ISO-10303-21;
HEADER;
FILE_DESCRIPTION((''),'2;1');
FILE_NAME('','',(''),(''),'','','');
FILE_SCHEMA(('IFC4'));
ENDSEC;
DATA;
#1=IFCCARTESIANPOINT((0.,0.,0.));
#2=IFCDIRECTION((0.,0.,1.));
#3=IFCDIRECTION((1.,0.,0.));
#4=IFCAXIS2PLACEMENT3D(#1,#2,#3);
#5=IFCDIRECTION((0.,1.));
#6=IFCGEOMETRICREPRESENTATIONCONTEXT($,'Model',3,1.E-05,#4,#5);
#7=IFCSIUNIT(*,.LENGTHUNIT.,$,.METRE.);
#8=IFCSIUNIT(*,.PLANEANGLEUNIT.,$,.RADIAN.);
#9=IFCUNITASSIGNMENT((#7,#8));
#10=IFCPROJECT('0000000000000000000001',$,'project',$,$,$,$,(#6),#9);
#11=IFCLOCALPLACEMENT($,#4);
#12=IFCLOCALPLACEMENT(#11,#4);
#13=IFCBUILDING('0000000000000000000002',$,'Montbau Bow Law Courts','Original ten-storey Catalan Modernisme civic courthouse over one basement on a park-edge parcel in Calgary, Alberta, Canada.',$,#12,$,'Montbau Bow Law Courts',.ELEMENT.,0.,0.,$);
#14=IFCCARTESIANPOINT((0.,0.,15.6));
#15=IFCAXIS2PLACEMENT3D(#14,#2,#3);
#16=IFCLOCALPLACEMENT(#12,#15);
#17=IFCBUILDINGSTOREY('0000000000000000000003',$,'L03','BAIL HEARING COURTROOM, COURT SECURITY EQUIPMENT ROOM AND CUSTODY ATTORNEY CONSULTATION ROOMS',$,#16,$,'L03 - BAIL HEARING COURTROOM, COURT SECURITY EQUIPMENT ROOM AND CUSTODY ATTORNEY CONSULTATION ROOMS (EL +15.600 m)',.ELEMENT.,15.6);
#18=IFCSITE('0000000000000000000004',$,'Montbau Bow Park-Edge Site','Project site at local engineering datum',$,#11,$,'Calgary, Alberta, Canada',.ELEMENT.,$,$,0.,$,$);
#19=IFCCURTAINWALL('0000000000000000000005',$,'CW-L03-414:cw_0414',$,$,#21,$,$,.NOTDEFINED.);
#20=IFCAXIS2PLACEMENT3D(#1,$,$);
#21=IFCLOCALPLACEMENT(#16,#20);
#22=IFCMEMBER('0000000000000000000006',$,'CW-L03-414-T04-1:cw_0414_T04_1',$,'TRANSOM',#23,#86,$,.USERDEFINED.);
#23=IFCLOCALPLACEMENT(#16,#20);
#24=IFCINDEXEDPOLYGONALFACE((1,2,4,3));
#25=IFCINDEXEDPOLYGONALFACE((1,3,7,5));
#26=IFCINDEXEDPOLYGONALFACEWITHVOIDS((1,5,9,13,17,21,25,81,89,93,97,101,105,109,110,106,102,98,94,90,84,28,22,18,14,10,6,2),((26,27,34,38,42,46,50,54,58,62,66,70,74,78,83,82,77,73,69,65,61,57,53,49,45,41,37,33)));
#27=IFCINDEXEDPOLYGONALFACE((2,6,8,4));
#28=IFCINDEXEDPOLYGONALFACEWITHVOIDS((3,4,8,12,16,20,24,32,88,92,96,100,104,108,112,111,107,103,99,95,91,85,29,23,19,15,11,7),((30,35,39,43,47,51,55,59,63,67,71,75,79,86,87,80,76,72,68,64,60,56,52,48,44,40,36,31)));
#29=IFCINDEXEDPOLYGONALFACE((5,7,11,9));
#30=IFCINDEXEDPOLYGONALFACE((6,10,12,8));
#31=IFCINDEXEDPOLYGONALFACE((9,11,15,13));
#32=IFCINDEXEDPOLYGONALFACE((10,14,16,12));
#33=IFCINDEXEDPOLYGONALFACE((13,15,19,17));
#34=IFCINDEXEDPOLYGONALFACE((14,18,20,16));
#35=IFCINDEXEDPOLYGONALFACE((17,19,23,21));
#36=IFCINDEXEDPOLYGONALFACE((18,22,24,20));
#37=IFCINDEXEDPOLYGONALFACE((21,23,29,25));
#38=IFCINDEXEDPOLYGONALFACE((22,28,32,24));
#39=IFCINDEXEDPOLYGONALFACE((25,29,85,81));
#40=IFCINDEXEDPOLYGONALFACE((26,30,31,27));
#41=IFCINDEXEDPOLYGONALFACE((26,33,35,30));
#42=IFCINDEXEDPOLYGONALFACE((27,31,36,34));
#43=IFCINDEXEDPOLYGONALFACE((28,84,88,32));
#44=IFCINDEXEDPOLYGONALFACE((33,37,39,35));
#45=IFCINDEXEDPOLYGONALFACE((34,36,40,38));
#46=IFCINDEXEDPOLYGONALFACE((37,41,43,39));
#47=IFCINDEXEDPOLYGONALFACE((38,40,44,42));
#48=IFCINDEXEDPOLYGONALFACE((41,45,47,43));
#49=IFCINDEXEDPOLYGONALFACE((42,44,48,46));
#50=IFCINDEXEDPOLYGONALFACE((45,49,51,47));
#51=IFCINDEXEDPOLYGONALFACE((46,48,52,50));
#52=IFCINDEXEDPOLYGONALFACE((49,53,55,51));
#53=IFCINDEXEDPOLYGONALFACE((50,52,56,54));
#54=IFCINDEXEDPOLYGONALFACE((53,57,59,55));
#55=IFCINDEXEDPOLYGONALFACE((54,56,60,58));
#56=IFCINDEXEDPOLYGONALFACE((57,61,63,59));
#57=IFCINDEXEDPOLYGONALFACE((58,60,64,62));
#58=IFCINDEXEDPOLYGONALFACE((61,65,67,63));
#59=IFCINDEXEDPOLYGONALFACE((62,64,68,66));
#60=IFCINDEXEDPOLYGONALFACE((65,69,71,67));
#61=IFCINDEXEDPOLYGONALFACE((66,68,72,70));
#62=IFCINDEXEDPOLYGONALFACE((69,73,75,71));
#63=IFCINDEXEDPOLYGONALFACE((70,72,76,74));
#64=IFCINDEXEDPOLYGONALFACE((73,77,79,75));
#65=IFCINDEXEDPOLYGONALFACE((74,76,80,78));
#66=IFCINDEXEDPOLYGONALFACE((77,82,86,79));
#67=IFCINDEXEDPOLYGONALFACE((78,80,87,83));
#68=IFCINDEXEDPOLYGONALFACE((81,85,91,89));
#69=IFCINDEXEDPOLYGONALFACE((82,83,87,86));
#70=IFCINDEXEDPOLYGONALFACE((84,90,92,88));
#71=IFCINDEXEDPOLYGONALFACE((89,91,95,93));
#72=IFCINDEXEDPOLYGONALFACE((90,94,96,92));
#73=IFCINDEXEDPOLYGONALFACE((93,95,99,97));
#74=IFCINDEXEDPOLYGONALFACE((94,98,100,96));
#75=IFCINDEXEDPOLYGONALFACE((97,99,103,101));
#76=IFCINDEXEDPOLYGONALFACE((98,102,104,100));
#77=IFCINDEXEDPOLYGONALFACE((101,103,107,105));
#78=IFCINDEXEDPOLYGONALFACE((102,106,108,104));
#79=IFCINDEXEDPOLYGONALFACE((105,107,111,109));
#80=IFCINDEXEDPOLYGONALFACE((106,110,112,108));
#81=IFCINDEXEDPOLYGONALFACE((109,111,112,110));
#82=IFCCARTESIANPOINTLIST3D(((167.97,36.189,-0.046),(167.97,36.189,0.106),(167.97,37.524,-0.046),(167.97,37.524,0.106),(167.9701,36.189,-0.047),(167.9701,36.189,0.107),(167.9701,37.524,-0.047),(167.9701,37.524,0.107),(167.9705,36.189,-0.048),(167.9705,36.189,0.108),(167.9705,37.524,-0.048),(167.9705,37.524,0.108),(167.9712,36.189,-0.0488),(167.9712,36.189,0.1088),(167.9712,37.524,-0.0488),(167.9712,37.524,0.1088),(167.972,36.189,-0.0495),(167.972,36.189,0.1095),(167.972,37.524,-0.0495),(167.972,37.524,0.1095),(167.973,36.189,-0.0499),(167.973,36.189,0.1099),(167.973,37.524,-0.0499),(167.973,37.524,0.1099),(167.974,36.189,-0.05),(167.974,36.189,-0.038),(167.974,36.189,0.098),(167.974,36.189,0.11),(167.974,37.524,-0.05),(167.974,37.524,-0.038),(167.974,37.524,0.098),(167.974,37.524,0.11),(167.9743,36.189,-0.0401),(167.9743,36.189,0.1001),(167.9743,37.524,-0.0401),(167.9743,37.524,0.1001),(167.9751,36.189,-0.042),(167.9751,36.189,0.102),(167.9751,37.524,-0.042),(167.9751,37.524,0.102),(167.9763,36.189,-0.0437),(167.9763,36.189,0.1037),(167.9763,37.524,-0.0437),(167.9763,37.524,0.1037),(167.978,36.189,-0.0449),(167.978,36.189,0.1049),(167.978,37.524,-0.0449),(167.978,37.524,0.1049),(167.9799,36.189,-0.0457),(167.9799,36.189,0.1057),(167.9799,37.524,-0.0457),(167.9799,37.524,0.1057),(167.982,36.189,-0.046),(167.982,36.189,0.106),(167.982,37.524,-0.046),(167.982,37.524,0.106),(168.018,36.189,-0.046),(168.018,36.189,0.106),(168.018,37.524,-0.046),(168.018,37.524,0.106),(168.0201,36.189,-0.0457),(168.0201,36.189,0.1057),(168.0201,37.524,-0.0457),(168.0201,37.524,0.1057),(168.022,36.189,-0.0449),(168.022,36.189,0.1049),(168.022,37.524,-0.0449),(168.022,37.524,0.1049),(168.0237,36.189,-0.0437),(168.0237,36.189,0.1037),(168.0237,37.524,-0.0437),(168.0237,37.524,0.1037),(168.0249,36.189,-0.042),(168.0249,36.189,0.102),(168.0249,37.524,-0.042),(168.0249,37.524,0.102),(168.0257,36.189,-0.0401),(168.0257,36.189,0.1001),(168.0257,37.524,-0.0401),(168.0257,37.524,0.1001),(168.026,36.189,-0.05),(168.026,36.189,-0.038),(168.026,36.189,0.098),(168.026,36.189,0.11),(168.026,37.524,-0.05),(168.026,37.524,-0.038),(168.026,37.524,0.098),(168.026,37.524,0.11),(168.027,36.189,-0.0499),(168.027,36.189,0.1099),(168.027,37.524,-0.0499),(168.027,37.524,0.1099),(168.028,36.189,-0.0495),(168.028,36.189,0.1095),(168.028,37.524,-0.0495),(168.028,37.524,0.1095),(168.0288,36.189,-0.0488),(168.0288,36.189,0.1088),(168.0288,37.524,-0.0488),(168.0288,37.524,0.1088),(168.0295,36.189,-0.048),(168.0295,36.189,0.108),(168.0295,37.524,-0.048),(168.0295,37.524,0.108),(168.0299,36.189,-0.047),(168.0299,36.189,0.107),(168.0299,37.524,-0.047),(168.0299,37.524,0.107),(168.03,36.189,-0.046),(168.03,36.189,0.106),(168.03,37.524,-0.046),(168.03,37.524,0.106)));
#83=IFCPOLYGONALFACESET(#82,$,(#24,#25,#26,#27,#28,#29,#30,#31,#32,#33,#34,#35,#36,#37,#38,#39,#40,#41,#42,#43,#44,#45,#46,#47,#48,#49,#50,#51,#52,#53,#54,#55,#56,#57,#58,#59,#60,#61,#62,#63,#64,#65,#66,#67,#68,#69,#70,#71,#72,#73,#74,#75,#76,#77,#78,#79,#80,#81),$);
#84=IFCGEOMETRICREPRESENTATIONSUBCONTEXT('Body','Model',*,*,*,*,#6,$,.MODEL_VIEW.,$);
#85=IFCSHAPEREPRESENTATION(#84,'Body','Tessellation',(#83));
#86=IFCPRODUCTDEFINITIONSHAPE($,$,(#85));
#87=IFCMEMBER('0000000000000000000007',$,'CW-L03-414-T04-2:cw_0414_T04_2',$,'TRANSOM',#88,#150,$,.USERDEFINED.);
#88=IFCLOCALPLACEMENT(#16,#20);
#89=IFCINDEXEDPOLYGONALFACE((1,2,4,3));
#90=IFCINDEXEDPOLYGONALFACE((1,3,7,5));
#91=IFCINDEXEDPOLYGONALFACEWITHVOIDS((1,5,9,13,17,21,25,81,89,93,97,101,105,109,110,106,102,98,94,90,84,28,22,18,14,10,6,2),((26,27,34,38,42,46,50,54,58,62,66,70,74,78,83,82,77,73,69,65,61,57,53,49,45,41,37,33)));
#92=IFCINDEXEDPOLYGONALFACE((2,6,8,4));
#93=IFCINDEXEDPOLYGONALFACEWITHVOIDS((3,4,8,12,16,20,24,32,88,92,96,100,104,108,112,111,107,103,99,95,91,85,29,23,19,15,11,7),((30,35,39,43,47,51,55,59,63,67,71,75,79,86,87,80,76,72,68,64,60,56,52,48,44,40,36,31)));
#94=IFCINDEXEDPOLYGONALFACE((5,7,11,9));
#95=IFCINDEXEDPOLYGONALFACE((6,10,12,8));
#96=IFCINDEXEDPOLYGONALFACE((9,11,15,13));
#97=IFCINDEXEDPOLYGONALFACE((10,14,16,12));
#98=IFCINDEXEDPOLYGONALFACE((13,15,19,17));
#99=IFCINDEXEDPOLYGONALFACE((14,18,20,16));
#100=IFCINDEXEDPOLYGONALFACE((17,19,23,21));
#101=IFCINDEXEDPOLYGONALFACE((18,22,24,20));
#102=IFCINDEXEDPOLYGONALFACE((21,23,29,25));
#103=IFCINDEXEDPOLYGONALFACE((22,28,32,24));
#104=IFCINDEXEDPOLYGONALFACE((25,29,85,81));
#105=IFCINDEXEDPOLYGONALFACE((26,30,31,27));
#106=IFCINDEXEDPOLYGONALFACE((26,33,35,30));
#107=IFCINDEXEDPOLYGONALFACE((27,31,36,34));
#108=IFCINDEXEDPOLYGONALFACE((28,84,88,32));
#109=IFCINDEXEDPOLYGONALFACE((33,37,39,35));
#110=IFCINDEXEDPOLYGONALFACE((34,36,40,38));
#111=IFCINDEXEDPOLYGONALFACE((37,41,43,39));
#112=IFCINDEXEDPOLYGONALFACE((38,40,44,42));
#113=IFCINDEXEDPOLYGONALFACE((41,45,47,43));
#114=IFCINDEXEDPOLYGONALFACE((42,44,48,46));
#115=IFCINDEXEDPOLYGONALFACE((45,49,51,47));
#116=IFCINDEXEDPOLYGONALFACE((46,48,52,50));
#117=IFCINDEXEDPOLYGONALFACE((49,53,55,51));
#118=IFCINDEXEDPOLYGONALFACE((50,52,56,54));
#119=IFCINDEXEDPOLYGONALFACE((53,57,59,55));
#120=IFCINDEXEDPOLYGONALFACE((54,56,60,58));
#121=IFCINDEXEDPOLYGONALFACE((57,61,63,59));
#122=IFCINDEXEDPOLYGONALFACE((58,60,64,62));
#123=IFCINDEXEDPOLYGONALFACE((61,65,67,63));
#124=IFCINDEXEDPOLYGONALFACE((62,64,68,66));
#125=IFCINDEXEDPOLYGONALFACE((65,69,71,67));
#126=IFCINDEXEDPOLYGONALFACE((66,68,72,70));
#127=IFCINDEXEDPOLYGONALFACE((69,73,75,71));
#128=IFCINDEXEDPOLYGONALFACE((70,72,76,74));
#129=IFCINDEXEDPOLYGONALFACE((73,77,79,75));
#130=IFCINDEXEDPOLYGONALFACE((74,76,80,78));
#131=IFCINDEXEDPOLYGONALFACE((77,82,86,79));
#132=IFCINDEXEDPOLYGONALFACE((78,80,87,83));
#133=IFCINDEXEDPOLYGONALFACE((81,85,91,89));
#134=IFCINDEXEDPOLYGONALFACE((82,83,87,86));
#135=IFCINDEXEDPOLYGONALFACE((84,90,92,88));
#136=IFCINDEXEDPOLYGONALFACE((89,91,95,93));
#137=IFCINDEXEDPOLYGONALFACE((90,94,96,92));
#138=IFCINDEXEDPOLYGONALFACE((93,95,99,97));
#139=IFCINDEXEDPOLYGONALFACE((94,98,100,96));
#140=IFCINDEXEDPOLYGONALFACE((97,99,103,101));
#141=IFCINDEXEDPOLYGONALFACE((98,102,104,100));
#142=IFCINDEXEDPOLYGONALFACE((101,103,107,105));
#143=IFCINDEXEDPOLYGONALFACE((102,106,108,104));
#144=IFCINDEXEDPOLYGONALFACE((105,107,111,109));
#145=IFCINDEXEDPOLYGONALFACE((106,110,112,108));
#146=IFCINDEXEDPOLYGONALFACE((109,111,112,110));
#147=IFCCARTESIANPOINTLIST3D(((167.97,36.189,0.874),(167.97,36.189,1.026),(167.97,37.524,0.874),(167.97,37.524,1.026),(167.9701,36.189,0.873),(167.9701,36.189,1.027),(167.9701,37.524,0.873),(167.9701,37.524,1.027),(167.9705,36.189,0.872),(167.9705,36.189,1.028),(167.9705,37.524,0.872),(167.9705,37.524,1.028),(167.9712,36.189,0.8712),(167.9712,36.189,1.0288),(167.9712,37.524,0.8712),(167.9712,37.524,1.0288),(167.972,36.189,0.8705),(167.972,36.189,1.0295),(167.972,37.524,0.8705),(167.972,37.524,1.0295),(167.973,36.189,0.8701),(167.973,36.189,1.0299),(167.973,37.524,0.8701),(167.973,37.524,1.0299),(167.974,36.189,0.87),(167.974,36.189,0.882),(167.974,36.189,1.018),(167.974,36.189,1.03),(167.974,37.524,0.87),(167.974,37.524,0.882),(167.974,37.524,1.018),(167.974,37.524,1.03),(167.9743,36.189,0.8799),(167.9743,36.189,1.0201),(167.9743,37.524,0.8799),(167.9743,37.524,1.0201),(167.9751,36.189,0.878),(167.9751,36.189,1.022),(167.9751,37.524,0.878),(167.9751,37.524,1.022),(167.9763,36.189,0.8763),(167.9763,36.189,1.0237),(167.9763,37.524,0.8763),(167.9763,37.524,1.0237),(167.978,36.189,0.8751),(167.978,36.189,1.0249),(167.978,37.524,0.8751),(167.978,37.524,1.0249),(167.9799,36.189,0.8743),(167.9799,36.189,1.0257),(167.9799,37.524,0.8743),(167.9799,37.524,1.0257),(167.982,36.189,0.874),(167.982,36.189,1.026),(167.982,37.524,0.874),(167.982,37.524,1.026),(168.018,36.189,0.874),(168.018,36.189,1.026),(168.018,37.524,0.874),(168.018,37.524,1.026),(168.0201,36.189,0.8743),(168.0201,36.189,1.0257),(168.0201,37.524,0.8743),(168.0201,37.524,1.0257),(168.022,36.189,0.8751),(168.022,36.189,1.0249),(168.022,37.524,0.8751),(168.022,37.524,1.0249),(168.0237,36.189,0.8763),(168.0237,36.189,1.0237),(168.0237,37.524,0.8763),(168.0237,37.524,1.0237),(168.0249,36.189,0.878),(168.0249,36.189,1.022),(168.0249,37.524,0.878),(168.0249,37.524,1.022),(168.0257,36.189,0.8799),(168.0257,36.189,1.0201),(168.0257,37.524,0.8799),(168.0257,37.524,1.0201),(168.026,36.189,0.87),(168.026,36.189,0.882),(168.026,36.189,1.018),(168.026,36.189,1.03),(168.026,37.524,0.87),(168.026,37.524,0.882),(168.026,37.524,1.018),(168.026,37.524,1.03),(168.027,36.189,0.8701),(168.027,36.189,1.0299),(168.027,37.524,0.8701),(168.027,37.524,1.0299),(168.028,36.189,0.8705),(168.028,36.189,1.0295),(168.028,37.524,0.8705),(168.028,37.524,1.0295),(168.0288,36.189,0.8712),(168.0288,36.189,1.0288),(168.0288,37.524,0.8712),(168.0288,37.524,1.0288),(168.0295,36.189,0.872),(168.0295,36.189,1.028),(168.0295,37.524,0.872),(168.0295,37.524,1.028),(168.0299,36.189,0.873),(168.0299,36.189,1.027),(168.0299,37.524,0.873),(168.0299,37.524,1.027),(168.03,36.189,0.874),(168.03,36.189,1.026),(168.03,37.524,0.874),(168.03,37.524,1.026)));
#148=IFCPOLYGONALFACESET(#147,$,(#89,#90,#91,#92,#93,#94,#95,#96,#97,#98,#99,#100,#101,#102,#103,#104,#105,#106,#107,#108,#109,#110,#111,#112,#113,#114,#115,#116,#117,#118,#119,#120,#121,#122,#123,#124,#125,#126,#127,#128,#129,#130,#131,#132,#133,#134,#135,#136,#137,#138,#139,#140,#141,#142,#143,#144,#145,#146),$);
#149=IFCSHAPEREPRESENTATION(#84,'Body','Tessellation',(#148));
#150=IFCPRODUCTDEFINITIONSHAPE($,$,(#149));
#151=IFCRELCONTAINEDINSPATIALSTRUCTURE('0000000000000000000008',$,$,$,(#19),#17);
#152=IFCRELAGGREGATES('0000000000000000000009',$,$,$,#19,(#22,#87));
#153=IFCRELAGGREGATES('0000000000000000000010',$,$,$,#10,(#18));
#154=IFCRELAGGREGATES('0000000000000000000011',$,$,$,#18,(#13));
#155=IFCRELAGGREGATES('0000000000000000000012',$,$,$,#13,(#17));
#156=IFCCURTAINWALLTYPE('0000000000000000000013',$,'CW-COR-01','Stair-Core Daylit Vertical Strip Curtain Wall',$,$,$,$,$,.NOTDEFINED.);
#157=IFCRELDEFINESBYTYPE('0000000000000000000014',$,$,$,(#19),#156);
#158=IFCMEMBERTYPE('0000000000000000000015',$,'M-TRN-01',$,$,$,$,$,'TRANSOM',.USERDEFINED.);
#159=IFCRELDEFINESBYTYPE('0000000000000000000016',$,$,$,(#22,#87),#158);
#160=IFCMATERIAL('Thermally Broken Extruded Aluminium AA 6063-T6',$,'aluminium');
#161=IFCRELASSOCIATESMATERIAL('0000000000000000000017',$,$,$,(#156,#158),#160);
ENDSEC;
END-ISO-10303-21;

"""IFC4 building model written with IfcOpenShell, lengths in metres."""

from ifc_helpers import new_model, si_unit, direction, frame, origin_with_axes, origin_2d_with_axis, place, context, subcontext, project, spatial, hollow_rectangle, extrude, material, material_profile, profile_set, type_object, element, aggregate, save


model = new_model("IFC4")

# Units and contexts
model_context = context("Model", 3, precision=1e-05, world=origin_with_axes(), true_north=direction((0.0, 1.0)))
body_context = subcontext(model_context, "Body", "Model", "MODEL_VIEW")
ifc_project = project(units=[si_unit("LENGTHUNIT", "METRE"), si_unit("PLANEANGLEUNIT", "RADIAN")], contexts=[model_context])

# Site, building, storey
site_placement = place(None, origin_with_axes())
site = spatial("IfcSite", under=ifc_project, at=site_placement, Name="Montbau Bow Park-Edge Site", Description="Project site at local engineering datum", LongName="Calgary, Alberta, Canada", CompositionType="ELEMENT", RefElevation=0.0)
building_placement = place(site_placement, origin_with_axes())
building = spatial("IfcBuilding", under=site, at=building_placement, Name="Montbau Bow Law Courts", Description="Original ten-storey Catalan Modernisme civic courthouse over one basement on a park-edge parcel in Calgary, Alberta, Canada.", LongName="Montbau Bow Law Courts", CompositionType="ELEMENT", ElevationOfRefHeight=0.0, ElevationOfTerrain=0.0)
storey_placement = place(building_placement, frame((0.0, 0.0, 15.6), z_axis=(0.0, 0.0, 1.0), x_axis=(1.0, 0.0, 0.0)))
storey = spatial("IfcBuildingStorey", under=building, at=storey_placement, Name="L03", Description="BAIL HEARING COURTROOM, COURT SECURITY EQUIPMENT ROOM AND CUSTODY ATTORNEY CONSULTATION ROOMS", LongName="L03 - BAIL HEARING COURTROOM, COURT SECURITY EQUIPMENT ROOM AND CUSTODY ATTORNEY CONSULTATION ROOMS (EL +15.600 m)", CompositionType="ELEMENT", Elevation=15.6)

# Curtain wall, members
ifc_material_1 = material(Name="Thermally Broken Extruded Aluminium AA 6063-T6", Category="aluminium")
curtain_wall_type = type_object("IfcCurtainWallType", Name="CW-COR-01", Description="Stair-Core Daylit Vertical Strip Curtain Wall", PredefinedType="NOTDEFINED", material=ifc_material_1)
curtain_wall_placement = place(None, frame((168.0, 31.8, 15.6), z_axis=(0.0, 0.0, 1.0), x_axis=(1.0, 0.0, 0.0)))
curtain_wall = element("IfcCurtainWall", 1, at=curtain_wall_placement, inside=storey, type_object=curtain_wall_type, Name="CW-L03-414:cw_0414", PredefinedType="NOTDEFINED")
ifc_material_profile_1 = material_profile(ifc_material_1, hollow_rectangle(XDim=0.06, YDim=0.16, WallThickness=0.004, InnerFilletRadius=0.008, OuterFilletRadius=0.004, at=origin_2d_with_axis()), Name="CWT-160X60", Category="Main", Priority=0)
ifc_profile_set_1 = profile_set([ifc_material_profile_1], Name="Thermally Broken Extruded Aluminium AA 6063-T6")
member_type_1 = type_object("IfcMemberType", Name="M-TRN-01", ElementType="TRANSOM", PredefinedType="USERDEFINED", material=ifc_profile_set_1)
member_1_placement = place(None, frame((168.0, 36.189, 15.63), z_axis=(0.0, 1.0, 0.0), x_axis=(-1.0, 0.0, 0.0)))
member_1 = element("IfcMember", 2, at=member_1_placement, type_object=member_type_1, Name="CW-L03-414-T04-1:cw_0414_T04_1", ObjectType="TRANSOM", PredefinedType="USERDEFINED", context=body_context, shape_type="SweptSolid", body=[
    extrude(hollow_rectangle(XDim=0.06, YDim=0.16, WallThickness=0.004, InnerFilletRadius=0.008, OuterFilletRadius=0.004, at=origin_2d_with_axis()), origin_with_axes(), (0.0, 0.0, 1.0), 1.335),
])
member_2_placement = place(None, frame((168.0, 36.189, 16.55), z_axis=(0.0, 1.0, 0.0), x_axis=(-1.0, 0.0, 0.0)))
member_2 = element("IfcMember", 3, at=member_2_placement, type_object=member_type_1, Name="CW-L03-414-T04-2:cw_0414_T04_2", ObjectType="TRANSOM", PredefinedType="USERDEFINED", context=body_context, shape_type="SweptSolid", body=[
    extrude(hollow_rectangle(XDim=0.06, YDim=0.16, WallThickness=0.004, InnerFilletRadius=0.008, OuterFilletRadius=0.004, at=origin_2d_with_axis()), origin_with_axes(), (0.0, 0.0, 1.0), 1.335),
])
aggregate(curtain_wall, [member_1, member_2])

save(model, "model.ifc")
